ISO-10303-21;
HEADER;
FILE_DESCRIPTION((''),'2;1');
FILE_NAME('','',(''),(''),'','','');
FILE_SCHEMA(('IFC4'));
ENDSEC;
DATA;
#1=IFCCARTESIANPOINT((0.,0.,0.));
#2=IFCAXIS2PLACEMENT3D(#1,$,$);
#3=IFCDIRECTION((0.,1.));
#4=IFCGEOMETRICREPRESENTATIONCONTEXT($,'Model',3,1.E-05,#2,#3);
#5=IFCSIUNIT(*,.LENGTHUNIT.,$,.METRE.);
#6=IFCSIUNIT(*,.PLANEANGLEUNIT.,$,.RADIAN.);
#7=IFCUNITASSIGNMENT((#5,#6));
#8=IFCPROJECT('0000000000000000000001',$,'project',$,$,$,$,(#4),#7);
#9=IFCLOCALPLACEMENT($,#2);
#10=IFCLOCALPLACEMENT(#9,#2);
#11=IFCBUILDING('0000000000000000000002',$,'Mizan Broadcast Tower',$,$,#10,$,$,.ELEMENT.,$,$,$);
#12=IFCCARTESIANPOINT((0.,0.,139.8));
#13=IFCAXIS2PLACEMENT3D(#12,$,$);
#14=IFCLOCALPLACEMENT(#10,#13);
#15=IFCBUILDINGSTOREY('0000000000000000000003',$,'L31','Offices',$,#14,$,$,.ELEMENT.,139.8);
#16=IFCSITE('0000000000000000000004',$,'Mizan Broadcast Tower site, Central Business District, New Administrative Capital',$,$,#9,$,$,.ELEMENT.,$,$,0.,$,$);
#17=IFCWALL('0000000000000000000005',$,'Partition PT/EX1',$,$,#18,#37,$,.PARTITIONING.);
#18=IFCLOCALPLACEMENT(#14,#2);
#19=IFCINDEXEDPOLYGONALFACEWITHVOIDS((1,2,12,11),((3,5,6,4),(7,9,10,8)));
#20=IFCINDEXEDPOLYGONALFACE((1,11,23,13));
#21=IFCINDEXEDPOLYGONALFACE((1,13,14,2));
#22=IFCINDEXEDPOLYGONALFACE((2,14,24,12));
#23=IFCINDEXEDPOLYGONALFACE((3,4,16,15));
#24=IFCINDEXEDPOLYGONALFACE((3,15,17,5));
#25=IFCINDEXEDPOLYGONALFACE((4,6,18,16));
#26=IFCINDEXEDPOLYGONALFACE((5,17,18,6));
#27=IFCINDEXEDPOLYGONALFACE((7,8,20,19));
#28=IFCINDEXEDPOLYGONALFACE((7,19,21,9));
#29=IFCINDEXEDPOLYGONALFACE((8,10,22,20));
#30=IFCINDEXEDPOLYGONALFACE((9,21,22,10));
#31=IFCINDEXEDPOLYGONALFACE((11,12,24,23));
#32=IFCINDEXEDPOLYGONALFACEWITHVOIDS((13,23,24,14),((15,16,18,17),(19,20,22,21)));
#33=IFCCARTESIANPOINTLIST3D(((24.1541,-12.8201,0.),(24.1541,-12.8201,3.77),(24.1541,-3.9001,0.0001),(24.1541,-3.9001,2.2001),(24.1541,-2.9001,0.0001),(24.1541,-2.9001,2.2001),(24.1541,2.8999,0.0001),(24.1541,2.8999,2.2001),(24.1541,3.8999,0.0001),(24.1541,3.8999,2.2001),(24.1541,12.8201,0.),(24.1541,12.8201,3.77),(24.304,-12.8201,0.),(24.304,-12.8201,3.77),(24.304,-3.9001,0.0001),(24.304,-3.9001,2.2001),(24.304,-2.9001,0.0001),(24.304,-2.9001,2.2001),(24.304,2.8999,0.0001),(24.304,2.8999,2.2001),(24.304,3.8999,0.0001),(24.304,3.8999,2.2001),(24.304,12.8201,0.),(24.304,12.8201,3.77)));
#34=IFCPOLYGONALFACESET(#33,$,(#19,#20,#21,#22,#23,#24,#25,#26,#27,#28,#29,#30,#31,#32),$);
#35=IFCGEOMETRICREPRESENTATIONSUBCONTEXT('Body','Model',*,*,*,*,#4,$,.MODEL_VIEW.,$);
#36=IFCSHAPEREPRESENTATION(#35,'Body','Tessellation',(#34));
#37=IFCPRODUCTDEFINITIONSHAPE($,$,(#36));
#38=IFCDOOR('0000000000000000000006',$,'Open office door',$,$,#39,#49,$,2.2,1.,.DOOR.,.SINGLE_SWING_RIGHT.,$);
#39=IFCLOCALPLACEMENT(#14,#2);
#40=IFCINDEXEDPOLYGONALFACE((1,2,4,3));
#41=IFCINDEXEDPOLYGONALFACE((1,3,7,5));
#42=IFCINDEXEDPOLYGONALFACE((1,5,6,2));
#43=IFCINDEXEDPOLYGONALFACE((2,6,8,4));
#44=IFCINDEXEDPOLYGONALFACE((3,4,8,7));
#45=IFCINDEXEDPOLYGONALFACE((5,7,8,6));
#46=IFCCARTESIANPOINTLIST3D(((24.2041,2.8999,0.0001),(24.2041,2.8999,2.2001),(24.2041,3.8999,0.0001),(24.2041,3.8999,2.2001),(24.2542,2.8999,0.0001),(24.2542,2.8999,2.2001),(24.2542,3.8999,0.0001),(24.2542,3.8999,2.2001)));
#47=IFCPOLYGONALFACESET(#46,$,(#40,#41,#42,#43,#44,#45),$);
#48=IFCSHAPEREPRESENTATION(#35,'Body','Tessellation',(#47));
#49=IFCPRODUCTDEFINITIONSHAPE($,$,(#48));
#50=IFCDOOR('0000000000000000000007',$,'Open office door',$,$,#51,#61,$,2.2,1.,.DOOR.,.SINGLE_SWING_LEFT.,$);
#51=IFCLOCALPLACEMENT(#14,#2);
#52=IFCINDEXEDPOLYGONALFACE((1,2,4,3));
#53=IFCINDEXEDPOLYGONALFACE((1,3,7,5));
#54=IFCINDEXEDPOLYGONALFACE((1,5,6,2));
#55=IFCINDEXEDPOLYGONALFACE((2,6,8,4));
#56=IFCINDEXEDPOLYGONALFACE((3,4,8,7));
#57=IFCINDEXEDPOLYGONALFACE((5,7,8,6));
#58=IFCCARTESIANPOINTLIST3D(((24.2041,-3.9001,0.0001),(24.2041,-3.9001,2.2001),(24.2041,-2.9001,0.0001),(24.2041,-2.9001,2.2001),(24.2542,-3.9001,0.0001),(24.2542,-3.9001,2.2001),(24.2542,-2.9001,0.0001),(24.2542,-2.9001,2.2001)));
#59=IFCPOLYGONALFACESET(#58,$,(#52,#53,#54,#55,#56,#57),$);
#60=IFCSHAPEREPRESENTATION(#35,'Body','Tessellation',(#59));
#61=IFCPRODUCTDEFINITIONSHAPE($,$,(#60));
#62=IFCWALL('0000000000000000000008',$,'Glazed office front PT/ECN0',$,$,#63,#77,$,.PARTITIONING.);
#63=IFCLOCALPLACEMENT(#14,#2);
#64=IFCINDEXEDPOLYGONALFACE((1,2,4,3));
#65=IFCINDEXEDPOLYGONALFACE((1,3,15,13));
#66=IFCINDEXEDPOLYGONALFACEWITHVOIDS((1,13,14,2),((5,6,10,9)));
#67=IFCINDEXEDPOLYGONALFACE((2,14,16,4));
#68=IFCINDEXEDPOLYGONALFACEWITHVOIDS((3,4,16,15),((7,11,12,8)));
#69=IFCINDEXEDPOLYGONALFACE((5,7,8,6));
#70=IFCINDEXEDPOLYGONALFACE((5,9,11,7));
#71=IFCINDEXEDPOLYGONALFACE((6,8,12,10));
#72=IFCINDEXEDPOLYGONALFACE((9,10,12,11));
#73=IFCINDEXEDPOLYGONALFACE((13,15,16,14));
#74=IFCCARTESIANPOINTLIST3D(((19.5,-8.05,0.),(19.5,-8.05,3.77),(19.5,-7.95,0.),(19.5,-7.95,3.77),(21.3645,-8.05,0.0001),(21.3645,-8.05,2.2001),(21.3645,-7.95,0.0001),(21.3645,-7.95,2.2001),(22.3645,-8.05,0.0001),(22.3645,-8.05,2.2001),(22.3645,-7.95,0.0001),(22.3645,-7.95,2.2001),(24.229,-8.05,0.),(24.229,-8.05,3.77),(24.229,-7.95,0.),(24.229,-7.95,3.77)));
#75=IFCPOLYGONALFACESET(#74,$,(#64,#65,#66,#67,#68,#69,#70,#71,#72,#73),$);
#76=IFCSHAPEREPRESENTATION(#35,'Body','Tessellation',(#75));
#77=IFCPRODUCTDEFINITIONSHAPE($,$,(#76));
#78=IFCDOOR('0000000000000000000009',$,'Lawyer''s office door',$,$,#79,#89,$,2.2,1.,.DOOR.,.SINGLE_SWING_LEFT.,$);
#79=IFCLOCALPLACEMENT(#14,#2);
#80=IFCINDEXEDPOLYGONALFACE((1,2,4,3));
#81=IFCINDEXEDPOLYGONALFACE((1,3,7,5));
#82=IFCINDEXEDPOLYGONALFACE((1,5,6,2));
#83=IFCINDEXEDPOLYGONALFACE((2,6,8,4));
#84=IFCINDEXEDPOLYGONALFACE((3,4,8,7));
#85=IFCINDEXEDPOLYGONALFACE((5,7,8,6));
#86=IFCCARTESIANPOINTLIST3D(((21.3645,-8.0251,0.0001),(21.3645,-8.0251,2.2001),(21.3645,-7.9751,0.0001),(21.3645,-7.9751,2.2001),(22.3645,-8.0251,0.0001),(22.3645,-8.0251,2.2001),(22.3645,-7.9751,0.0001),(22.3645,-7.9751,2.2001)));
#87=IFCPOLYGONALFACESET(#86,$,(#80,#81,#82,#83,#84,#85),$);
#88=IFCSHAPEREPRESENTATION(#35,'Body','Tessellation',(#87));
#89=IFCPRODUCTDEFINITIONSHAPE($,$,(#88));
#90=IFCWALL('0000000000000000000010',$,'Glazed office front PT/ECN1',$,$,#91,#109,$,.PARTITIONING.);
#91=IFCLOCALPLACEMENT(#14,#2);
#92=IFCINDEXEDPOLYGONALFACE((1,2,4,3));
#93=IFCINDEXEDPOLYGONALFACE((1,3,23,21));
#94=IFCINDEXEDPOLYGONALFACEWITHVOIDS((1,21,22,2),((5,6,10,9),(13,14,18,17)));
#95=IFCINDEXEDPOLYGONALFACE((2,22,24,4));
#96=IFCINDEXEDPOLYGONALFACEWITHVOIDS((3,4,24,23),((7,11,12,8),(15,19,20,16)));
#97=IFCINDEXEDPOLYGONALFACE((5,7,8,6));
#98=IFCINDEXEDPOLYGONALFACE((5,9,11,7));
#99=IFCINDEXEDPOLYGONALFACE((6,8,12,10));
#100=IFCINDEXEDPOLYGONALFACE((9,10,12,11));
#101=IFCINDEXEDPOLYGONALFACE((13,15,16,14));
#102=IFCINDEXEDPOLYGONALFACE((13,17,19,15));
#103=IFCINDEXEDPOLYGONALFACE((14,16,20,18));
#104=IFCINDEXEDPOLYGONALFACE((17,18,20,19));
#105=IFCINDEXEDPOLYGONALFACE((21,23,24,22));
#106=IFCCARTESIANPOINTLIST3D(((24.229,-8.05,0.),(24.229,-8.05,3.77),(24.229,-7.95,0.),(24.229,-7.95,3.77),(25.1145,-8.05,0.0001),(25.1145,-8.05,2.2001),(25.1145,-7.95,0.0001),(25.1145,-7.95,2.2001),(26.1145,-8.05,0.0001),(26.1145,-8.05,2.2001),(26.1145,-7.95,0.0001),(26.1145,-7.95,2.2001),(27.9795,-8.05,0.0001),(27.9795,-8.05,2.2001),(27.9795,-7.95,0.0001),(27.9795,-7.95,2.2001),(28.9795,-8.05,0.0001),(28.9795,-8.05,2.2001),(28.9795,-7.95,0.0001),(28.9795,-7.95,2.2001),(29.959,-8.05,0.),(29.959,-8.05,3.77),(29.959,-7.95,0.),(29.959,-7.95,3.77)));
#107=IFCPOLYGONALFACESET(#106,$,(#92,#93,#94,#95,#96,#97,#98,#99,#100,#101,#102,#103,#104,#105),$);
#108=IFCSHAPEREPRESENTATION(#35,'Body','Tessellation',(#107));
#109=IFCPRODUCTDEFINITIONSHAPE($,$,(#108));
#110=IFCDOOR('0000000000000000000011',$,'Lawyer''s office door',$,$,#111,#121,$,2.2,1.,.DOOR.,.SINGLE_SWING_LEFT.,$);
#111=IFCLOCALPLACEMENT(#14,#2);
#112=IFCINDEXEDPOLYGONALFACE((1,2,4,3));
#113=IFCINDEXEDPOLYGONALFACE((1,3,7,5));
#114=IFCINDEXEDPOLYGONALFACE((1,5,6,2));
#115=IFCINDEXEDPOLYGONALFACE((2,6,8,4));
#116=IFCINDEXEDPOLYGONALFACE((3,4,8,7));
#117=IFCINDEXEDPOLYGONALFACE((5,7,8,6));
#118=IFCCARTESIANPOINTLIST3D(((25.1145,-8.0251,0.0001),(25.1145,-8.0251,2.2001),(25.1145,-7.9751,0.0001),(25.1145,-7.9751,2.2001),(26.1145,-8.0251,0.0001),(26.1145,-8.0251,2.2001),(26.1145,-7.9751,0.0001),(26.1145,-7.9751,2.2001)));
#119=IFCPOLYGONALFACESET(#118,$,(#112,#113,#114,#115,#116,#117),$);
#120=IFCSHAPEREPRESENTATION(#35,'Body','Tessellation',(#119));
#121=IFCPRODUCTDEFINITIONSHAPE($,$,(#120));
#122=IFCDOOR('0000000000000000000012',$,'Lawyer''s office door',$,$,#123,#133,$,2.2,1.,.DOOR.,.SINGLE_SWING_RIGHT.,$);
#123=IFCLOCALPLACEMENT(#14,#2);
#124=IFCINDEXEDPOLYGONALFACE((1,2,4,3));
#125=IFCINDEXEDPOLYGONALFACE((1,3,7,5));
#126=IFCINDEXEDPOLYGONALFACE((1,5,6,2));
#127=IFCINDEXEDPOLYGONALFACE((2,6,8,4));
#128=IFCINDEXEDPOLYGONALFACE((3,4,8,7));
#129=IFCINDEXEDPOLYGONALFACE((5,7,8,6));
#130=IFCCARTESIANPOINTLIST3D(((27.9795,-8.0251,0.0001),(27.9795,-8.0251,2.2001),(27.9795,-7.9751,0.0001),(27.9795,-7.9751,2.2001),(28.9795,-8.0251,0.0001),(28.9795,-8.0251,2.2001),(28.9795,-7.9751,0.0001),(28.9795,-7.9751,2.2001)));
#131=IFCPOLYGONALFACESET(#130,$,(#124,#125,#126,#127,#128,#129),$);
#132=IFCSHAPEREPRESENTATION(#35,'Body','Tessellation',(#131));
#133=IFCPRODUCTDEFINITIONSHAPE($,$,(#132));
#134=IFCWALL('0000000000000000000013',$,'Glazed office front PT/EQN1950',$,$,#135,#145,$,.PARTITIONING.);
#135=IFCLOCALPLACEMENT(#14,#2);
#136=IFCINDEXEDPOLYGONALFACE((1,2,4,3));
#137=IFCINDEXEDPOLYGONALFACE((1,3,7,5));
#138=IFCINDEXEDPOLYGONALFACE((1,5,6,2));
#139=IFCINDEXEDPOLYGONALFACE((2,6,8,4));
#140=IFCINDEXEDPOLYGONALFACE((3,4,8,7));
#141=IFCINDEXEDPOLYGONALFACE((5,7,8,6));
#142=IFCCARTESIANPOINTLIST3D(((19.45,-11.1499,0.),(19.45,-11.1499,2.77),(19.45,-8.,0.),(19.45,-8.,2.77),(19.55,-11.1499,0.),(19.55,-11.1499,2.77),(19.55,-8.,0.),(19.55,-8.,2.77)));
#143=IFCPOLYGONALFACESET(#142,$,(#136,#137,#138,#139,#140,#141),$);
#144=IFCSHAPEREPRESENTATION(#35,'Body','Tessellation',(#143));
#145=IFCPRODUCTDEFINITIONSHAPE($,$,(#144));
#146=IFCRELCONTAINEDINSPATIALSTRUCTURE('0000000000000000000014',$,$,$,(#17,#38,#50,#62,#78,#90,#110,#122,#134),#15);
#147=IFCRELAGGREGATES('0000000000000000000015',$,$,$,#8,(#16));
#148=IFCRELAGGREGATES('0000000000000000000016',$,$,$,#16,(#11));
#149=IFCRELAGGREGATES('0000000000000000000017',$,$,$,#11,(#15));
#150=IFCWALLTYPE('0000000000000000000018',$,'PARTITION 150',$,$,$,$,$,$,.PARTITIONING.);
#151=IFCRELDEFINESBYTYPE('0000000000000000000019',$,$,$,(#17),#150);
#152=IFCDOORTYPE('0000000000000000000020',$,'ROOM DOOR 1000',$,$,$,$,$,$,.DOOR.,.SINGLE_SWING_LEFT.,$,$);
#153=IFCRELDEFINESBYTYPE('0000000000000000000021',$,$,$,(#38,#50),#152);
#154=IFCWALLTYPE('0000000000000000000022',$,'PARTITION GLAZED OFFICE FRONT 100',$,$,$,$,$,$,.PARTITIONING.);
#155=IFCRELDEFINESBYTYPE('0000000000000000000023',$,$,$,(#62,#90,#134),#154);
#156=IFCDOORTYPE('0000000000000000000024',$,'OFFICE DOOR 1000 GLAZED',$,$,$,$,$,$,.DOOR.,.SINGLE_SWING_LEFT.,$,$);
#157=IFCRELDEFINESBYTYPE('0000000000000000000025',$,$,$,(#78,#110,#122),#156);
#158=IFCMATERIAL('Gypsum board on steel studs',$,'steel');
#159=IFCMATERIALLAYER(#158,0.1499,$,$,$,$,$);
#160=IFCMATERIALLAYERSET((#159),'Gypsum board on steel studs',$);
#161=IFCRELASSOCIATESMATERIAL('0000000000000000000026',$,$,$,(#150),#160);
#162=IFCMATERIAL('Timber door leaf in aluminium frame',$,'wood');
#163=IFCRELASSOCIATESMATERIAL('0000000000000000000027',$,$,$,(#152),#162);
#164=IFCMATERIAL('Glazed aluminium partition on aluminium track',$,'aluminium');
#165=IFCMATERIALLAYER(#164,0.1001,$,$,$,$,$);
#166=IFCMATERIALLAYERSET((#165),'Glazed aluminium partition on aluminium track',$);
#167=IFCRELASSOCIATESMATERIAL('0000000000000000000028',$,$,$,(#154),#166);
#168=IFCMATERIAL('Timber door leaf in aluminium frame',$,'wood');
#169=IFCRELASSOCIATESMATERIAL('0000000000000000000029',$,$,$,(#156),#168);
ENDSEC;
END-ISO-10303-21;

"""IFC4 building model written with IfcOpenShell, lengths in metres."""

from ifc_helpers import new_model, si_unit, direction, frame, frame_2d, origin, place, context, subcontext, project, spatial, rectangle, extrude, material, layer, layer_set, type_object, element, fill, save


model = new_model("IFC4")

# Units and contexts
model_context = context("Model", 3, precision=1e-05, world=origin(), true_north=direction((0.0, 1.0)))
body_context = subcontext(model_context, "Body", "Model", "MODEL_VIEW")
ifc_project = project(units=[si_unit("LENGTHUNIT", "METRE"), si_unit("PLANEANGLEUNIT", "RADIAN")], contexts=[model_context])

# Site, building, storey
site_placement = place(None, origin())
site = spatial("IfcSite", under=ifc_project, at=site_placement, Name="Mizan Broadcast Tower site, Central Business District, New Administrative Capital", CompositionType="ELEMENT", RefElevation=0.0)
building_placement = place(site_placement, origin())
building = spatial("IfcBuilding", under=site, at=building_placement, Name="Mizan Broadcast Tower", CompositionType="ELEMENT")
storey_placement = place(building_placement, frame((0.0, 0.0, 139.8)))
storey = spatial("IfcBuildingStorey", under=building, at=storey_placement, Name="L31", Description="Offices", CompositionType="ELEMENT", Elevation=139.8)

# Wall, openings, doors
ifc_material_1 = material(Name="Gypsum board on steel studs", Category="steel")
ifc_layer_1 = layer(ifc_material_1, 0.1499)
ifc_layer_set_1 = layer_set([ifc_layer_1], Name="Gypsum board on steel studs")
wall_type_1 = type_object("IfcWallType", Name="PARTITION 150", PredefinedType="PARTITIONING", material=ifc_layer_set_1)
wall_1_placement = place(storey_placement, frame((24.229, -12.8201, 0.0), z_axis=(0.0, 0.0, 1.0), x_axis=(0.0, 1.0, 0.0)))
wall_1 = element("IfcWall", 1, at=wall_1_placement, inside=storey, type_object=wall_type_1, Name="Partition PT/EX1", PredefinedType="PARTITIONING", context=body_context, shape_type="SweptSolid", body=[
    extrude(rectangle(XDim=25.6401, YDim=0.1499, at=frame_2d((12.8201, 0.0))), origin(), (0.0, 0.0, 1.0), 3.77),
])
opening_1_placement = place(wall_1_placement, frame((15.72, 0.0, 0.0)))
opening_1 = element("IfcOpeningElement", 2, at=opening_1_placement, cuts=wall_1, PredefinedType="OPENING", context=body_context, shape_type="SweptSolid", body=[
    extrude(rectangle(XDim=1.0, YDim=2.2, at=frame_2d((0.5, 1.1001))), frame((0.0, 0.085, 0.0), z_axis=(0.0, -1.0, 0.0), x_axis=(1.0, 0.0, 0.0)), (0.0, 0.0, 1.0), 0.1699),
])
opening_2_placement = place(wall_1_placement, frame((8.9199, 0.0, 0.0)))
opening_2 = element("IfcOpeningElement", 3, at=opening_2_placement, cuts=wall_1, PredefinedType="OPENING", context=body_context, shape_type="SweptSolid", body=[
    extrude(rectangle(XDim=1.0, YDim=2.2, at=frame_2d((0.5, 1.1001))), frame((0.0, 0.085, 0.0), z_axis=(0.0, -1.0, 0.0), x_axis=(1.0, 0.0, 0.0)), (0.0, 0.0, 1.0), 0.1699),
])
ifc_material_2 = material(Name="Timber door leaf in aluminium frame", Category="wood")
door_type_1 = type_object("IfcDoorType", Name="ROOM DOOR 1000", OperationType="SINGLE_SWING_LEFT", PredefinedType="DOOR", material=ifc_material_2)
door_1_placement = place(opening_1_placement, origin())
door_1 = element("IfcDoor", 4, at=door_1_placement, inside=storey, type_object=door_type_1, Name="Open office door", OperationType="SINGLE_SWING_RIGHT", OverallHeight=2.2, OverallWidth=1.0, PredefinedType="DOOR", context=body_context, shape_type="SweptSolid", body=[
    extrude(rectangle(XDim=1.0, YDim=2.2, at=frame_2d((0.5, 1.1001))), frame((0.0, 0.0249, 0.0), z_axis=(0.0, -1.0, 0.0), x_axis=(1.0, 0.0, 0.0)), (0.0, 0.0, 1.0), 0.05),
])
fill(opening_1, door_1)
door_2_placement = place(opening_2_placement, origin())
door_2 = element("IfcDoor", 5, at=door_2_placement, inside=storey, type_object=door_type_1, Name="Open office door", OperationType="SINGLE_SWING_LEFT", OverallHeight=2.2, OverallWidth=1.0, PredefinedType="DOOR", context=body_context, shape_type="SweptSolid", body=[
    extrude(rectangle(XDim=1.0, YDim=2.2, at=frame_2d((0.5, 1.1001))), frame((0.0, 0.0249, 0.0), z_axis=(0.0, -1.0, 0.0), x_axis=(1.0, 0.0, 0.0)), (0.0, 0.0, 1.0), 0.05),
])
fill(opening_2, door_2)

# Wall, opening, door
ifc_material_3 = material(Name="Glazed aluminium partition on aluminium track", Category="aluminium")
ifc_layer_2 = layer(ifc_material_3, 0.1001)
ifc_layer_set_2 = layer_set([ifc_layer_2], Name="Glazed aluminium partition on aluminium track")
wall_type_2 = type_object("IfcWallType", Name="PARTITION GLAZED OFFICE FRONT 100", PredefinedType="PARTITIONING", material=ifc_layer_set_2)
wall_2_placement = place(storey_placement, frame((19.5, -8.0, 0.0), z_axis=(0.0, 0.0, 1.0), x_axis=(1.0, 0.0, 0.0)))
wall_2 = element("IfcWall", 6, at=wall_2_placement, inside=storey, type_object=wall_type_2, Name="Glazed office front PT/ECN0", PredefinedType="PARTITIONING", context=body_context, shape_type="SweptSolid", body=[
    extrude(rectangle(XDim=4.729, YDim=0.1001, at=frame_2d((2.3645, 0.0))), origin(), (0.0, 0.0, 1.0), 3.77),
])
opening_3_placement = place(wall_2_placement, frame((1.8645, 0.0, 0.0)))
opening_3 = element("IfcOpeningElement", 7, at=opening_3_placement, cuts=wall_2, PredefinedType="OPENING", context=body_context, shape_type="SweptSolid", body=[
    extrude(rectangle(XDim=1.0, YDim=2.2, at=frame_2d((0.5, 1.1001))), frame((0.0, 0.0601, 0.0), z_axis=(0.0, -1.0, 0.0), x_axis=(1.0, 0.0, 0.0)), (0.0, 0.0, 1.0), 0.1201),
])
ifc_material_4 = material(Name="Timber door leaf in aluminium frame", Category="wood")
door_type_2 = type_object("IfcDoorType", Name="OFFICE DOOR 1000 GLAZED", OperationType="SINGLE_SWING_LEFT", PredefinedType="DOOR", material=ifc_material_4)
door_3_placement = place(opening_3_placement, origin())
door_3 = element("IfcDoor", 8, at=door_3_placement, inside=storey, type_object=door_type_2, Name="Lawyer's office door", OperationType="SINGLE_SWING_LEFT", OverallHeight=2.2, OverallWidth=1.0, PredefinedType="DOOR", context=body_context, shape_type="SweptSolid", body=[
    extrude(rectangle(XDim=1.0, YDim=2.2, at=frame_2d((0.5, 1.1001))), frame((0.0, 0.0249, 0.0), z_axis=(0.0, -1.0, 0.0), x_axis=(1.0, 0.0, 0.0)), (0.0, 0.0, 1.0), 0.05),
])
fill(opening_3, door_3)

# Wall, openings, doors
wall_3_placement = place(storey_placement, frame((24.229, -8.0, 0.0), z_axis=(0.0, 0.0, 1.0), x_axis=(1.0, 0.0, 0.0)))
wall_3 = element("IfcWall", 9, at=wall_3_placement, inside=storey, type_object=wall_type_2, Name="Glazed office front PT/ECN1", PredefinedType="PARTITIONING", context=body_context, shape_type="SweptSolid", body=[
    extrude(rectangle(XDim=5.73, YDim=0.1001, at=frame_2d((2.865, 0.0))), origin(), (0.0, 0.0, 1.0), 3.77),
])
opening_4_placement = place(wall_3_placement, frame((0.8855, 0.0, 0.0)))
opening_4 = element("IfcOpeningElement", 10, at=opening_4_placement, cuts=wall_3, PredefinedType="OPENING", context=body_context, shape_type="SweptSolid", body=[
    extrude(rectangle(XDim=1.0, YDim=2.2, at=frame_2d((0.5, 1.1001))), frame((0.0, 0.0601, 0.0), z_axis=(0.0, -1.0, 0.0), x_axis=(1.0, 0.0, 0.0)), (0.0, 0.0, 1.0), 0.1201),
])
opening_5_placement = place(wall_3_placement, frame((3.7505, 0.0, 0.0)))
opening_5 = element("IfcOpeningElement", 11, at=opening_5_placement, cuts=wall_3, PredefinedType="OPENING", context=body_context, shape_type="SweptSolid", body=[
    extrude(rectangle(XDim=1.0, YDim=2.2, at=frame_2d((0.5, 1.1001))), frame((0.0, 0.0601, 0.0), z_axis=(0.0, -1.0, 0.0), x_axis=(1.0, 0.0, 0.0)), (0.0, 0.0, 1.0), 0.1201),
])
door_4_placement = place(opening_4_placement, origin())
door_4 = element("IfcDoor", 12, at=door_4_placement, inside=storey, type_object=door_type_2, Name="Lawyer's office door", OperationType="SINGLE_SWING_LEFT", OverallHeight=2.2, OverallWidth=1.0, PredefinedType="DOOR", context=body_context, shape_type="SweptSolid", body=[
    extrude(rectangle(XDim=1.0, YDim=2.2, at=frame_2d((0.5, 1.1001))), frame((0.0, 0.0249, 0.0), z_axis=(0.0, -1.0, 0.0), x_axis=(1.0, 0.0, 0.0)), (0.0, 0.0, 1.0), 0.05),
])
fill(opening_4, door_4)
door_5_placement = place(opening_5_placement, origin())
door_5 = element("IfcDoor", 13, at=door_5_placement, inside=storey, type_object=door_type_2, Name="Lawyer's office door", OperationType="SINGLE_SWING_RIGHT", OverallHeight=2.2, OverallWidth=1.0, PredefinedType="DOOR", context=body_context, shape_type="SweptSolid", body=[
    extrude(rectangle(XDim=1.0, YDim=2.2, at=frame_2d((0.5, 1.1001))), frame((0.0, 0.0249, 0.0), z_axis=(0.0, -1.0, 0.0), x_axis=(1.0, 0.0, 0.0)), (0.0, 0.0, 1.0), 0.05),
])
fill(opening_5, door_5)

# Wall
wall_4_placement = place(storey_placement, frame((19.5, -8.0, 0.0), z_axis=(0.0, 0.0, 1.0), x_axis=(0.0, -1.0, 0.0)))
element("IfcWall", 14, at=wall_4_placement, inside=storey, type_object=wall_type_2, Name="Glazed office front PT/EQN1950", PredefinedType="PARTITIONING", context=body_context, shape_type="SweptSolid", body=[
    extrude(rectangle(XDim=3.1499, YDim=0.1001, at=frame_2d((1.575, 0.0))), origin(), (0.0, 0.0, 1.0), 2.77),
])

save(model, "model.ifc")
